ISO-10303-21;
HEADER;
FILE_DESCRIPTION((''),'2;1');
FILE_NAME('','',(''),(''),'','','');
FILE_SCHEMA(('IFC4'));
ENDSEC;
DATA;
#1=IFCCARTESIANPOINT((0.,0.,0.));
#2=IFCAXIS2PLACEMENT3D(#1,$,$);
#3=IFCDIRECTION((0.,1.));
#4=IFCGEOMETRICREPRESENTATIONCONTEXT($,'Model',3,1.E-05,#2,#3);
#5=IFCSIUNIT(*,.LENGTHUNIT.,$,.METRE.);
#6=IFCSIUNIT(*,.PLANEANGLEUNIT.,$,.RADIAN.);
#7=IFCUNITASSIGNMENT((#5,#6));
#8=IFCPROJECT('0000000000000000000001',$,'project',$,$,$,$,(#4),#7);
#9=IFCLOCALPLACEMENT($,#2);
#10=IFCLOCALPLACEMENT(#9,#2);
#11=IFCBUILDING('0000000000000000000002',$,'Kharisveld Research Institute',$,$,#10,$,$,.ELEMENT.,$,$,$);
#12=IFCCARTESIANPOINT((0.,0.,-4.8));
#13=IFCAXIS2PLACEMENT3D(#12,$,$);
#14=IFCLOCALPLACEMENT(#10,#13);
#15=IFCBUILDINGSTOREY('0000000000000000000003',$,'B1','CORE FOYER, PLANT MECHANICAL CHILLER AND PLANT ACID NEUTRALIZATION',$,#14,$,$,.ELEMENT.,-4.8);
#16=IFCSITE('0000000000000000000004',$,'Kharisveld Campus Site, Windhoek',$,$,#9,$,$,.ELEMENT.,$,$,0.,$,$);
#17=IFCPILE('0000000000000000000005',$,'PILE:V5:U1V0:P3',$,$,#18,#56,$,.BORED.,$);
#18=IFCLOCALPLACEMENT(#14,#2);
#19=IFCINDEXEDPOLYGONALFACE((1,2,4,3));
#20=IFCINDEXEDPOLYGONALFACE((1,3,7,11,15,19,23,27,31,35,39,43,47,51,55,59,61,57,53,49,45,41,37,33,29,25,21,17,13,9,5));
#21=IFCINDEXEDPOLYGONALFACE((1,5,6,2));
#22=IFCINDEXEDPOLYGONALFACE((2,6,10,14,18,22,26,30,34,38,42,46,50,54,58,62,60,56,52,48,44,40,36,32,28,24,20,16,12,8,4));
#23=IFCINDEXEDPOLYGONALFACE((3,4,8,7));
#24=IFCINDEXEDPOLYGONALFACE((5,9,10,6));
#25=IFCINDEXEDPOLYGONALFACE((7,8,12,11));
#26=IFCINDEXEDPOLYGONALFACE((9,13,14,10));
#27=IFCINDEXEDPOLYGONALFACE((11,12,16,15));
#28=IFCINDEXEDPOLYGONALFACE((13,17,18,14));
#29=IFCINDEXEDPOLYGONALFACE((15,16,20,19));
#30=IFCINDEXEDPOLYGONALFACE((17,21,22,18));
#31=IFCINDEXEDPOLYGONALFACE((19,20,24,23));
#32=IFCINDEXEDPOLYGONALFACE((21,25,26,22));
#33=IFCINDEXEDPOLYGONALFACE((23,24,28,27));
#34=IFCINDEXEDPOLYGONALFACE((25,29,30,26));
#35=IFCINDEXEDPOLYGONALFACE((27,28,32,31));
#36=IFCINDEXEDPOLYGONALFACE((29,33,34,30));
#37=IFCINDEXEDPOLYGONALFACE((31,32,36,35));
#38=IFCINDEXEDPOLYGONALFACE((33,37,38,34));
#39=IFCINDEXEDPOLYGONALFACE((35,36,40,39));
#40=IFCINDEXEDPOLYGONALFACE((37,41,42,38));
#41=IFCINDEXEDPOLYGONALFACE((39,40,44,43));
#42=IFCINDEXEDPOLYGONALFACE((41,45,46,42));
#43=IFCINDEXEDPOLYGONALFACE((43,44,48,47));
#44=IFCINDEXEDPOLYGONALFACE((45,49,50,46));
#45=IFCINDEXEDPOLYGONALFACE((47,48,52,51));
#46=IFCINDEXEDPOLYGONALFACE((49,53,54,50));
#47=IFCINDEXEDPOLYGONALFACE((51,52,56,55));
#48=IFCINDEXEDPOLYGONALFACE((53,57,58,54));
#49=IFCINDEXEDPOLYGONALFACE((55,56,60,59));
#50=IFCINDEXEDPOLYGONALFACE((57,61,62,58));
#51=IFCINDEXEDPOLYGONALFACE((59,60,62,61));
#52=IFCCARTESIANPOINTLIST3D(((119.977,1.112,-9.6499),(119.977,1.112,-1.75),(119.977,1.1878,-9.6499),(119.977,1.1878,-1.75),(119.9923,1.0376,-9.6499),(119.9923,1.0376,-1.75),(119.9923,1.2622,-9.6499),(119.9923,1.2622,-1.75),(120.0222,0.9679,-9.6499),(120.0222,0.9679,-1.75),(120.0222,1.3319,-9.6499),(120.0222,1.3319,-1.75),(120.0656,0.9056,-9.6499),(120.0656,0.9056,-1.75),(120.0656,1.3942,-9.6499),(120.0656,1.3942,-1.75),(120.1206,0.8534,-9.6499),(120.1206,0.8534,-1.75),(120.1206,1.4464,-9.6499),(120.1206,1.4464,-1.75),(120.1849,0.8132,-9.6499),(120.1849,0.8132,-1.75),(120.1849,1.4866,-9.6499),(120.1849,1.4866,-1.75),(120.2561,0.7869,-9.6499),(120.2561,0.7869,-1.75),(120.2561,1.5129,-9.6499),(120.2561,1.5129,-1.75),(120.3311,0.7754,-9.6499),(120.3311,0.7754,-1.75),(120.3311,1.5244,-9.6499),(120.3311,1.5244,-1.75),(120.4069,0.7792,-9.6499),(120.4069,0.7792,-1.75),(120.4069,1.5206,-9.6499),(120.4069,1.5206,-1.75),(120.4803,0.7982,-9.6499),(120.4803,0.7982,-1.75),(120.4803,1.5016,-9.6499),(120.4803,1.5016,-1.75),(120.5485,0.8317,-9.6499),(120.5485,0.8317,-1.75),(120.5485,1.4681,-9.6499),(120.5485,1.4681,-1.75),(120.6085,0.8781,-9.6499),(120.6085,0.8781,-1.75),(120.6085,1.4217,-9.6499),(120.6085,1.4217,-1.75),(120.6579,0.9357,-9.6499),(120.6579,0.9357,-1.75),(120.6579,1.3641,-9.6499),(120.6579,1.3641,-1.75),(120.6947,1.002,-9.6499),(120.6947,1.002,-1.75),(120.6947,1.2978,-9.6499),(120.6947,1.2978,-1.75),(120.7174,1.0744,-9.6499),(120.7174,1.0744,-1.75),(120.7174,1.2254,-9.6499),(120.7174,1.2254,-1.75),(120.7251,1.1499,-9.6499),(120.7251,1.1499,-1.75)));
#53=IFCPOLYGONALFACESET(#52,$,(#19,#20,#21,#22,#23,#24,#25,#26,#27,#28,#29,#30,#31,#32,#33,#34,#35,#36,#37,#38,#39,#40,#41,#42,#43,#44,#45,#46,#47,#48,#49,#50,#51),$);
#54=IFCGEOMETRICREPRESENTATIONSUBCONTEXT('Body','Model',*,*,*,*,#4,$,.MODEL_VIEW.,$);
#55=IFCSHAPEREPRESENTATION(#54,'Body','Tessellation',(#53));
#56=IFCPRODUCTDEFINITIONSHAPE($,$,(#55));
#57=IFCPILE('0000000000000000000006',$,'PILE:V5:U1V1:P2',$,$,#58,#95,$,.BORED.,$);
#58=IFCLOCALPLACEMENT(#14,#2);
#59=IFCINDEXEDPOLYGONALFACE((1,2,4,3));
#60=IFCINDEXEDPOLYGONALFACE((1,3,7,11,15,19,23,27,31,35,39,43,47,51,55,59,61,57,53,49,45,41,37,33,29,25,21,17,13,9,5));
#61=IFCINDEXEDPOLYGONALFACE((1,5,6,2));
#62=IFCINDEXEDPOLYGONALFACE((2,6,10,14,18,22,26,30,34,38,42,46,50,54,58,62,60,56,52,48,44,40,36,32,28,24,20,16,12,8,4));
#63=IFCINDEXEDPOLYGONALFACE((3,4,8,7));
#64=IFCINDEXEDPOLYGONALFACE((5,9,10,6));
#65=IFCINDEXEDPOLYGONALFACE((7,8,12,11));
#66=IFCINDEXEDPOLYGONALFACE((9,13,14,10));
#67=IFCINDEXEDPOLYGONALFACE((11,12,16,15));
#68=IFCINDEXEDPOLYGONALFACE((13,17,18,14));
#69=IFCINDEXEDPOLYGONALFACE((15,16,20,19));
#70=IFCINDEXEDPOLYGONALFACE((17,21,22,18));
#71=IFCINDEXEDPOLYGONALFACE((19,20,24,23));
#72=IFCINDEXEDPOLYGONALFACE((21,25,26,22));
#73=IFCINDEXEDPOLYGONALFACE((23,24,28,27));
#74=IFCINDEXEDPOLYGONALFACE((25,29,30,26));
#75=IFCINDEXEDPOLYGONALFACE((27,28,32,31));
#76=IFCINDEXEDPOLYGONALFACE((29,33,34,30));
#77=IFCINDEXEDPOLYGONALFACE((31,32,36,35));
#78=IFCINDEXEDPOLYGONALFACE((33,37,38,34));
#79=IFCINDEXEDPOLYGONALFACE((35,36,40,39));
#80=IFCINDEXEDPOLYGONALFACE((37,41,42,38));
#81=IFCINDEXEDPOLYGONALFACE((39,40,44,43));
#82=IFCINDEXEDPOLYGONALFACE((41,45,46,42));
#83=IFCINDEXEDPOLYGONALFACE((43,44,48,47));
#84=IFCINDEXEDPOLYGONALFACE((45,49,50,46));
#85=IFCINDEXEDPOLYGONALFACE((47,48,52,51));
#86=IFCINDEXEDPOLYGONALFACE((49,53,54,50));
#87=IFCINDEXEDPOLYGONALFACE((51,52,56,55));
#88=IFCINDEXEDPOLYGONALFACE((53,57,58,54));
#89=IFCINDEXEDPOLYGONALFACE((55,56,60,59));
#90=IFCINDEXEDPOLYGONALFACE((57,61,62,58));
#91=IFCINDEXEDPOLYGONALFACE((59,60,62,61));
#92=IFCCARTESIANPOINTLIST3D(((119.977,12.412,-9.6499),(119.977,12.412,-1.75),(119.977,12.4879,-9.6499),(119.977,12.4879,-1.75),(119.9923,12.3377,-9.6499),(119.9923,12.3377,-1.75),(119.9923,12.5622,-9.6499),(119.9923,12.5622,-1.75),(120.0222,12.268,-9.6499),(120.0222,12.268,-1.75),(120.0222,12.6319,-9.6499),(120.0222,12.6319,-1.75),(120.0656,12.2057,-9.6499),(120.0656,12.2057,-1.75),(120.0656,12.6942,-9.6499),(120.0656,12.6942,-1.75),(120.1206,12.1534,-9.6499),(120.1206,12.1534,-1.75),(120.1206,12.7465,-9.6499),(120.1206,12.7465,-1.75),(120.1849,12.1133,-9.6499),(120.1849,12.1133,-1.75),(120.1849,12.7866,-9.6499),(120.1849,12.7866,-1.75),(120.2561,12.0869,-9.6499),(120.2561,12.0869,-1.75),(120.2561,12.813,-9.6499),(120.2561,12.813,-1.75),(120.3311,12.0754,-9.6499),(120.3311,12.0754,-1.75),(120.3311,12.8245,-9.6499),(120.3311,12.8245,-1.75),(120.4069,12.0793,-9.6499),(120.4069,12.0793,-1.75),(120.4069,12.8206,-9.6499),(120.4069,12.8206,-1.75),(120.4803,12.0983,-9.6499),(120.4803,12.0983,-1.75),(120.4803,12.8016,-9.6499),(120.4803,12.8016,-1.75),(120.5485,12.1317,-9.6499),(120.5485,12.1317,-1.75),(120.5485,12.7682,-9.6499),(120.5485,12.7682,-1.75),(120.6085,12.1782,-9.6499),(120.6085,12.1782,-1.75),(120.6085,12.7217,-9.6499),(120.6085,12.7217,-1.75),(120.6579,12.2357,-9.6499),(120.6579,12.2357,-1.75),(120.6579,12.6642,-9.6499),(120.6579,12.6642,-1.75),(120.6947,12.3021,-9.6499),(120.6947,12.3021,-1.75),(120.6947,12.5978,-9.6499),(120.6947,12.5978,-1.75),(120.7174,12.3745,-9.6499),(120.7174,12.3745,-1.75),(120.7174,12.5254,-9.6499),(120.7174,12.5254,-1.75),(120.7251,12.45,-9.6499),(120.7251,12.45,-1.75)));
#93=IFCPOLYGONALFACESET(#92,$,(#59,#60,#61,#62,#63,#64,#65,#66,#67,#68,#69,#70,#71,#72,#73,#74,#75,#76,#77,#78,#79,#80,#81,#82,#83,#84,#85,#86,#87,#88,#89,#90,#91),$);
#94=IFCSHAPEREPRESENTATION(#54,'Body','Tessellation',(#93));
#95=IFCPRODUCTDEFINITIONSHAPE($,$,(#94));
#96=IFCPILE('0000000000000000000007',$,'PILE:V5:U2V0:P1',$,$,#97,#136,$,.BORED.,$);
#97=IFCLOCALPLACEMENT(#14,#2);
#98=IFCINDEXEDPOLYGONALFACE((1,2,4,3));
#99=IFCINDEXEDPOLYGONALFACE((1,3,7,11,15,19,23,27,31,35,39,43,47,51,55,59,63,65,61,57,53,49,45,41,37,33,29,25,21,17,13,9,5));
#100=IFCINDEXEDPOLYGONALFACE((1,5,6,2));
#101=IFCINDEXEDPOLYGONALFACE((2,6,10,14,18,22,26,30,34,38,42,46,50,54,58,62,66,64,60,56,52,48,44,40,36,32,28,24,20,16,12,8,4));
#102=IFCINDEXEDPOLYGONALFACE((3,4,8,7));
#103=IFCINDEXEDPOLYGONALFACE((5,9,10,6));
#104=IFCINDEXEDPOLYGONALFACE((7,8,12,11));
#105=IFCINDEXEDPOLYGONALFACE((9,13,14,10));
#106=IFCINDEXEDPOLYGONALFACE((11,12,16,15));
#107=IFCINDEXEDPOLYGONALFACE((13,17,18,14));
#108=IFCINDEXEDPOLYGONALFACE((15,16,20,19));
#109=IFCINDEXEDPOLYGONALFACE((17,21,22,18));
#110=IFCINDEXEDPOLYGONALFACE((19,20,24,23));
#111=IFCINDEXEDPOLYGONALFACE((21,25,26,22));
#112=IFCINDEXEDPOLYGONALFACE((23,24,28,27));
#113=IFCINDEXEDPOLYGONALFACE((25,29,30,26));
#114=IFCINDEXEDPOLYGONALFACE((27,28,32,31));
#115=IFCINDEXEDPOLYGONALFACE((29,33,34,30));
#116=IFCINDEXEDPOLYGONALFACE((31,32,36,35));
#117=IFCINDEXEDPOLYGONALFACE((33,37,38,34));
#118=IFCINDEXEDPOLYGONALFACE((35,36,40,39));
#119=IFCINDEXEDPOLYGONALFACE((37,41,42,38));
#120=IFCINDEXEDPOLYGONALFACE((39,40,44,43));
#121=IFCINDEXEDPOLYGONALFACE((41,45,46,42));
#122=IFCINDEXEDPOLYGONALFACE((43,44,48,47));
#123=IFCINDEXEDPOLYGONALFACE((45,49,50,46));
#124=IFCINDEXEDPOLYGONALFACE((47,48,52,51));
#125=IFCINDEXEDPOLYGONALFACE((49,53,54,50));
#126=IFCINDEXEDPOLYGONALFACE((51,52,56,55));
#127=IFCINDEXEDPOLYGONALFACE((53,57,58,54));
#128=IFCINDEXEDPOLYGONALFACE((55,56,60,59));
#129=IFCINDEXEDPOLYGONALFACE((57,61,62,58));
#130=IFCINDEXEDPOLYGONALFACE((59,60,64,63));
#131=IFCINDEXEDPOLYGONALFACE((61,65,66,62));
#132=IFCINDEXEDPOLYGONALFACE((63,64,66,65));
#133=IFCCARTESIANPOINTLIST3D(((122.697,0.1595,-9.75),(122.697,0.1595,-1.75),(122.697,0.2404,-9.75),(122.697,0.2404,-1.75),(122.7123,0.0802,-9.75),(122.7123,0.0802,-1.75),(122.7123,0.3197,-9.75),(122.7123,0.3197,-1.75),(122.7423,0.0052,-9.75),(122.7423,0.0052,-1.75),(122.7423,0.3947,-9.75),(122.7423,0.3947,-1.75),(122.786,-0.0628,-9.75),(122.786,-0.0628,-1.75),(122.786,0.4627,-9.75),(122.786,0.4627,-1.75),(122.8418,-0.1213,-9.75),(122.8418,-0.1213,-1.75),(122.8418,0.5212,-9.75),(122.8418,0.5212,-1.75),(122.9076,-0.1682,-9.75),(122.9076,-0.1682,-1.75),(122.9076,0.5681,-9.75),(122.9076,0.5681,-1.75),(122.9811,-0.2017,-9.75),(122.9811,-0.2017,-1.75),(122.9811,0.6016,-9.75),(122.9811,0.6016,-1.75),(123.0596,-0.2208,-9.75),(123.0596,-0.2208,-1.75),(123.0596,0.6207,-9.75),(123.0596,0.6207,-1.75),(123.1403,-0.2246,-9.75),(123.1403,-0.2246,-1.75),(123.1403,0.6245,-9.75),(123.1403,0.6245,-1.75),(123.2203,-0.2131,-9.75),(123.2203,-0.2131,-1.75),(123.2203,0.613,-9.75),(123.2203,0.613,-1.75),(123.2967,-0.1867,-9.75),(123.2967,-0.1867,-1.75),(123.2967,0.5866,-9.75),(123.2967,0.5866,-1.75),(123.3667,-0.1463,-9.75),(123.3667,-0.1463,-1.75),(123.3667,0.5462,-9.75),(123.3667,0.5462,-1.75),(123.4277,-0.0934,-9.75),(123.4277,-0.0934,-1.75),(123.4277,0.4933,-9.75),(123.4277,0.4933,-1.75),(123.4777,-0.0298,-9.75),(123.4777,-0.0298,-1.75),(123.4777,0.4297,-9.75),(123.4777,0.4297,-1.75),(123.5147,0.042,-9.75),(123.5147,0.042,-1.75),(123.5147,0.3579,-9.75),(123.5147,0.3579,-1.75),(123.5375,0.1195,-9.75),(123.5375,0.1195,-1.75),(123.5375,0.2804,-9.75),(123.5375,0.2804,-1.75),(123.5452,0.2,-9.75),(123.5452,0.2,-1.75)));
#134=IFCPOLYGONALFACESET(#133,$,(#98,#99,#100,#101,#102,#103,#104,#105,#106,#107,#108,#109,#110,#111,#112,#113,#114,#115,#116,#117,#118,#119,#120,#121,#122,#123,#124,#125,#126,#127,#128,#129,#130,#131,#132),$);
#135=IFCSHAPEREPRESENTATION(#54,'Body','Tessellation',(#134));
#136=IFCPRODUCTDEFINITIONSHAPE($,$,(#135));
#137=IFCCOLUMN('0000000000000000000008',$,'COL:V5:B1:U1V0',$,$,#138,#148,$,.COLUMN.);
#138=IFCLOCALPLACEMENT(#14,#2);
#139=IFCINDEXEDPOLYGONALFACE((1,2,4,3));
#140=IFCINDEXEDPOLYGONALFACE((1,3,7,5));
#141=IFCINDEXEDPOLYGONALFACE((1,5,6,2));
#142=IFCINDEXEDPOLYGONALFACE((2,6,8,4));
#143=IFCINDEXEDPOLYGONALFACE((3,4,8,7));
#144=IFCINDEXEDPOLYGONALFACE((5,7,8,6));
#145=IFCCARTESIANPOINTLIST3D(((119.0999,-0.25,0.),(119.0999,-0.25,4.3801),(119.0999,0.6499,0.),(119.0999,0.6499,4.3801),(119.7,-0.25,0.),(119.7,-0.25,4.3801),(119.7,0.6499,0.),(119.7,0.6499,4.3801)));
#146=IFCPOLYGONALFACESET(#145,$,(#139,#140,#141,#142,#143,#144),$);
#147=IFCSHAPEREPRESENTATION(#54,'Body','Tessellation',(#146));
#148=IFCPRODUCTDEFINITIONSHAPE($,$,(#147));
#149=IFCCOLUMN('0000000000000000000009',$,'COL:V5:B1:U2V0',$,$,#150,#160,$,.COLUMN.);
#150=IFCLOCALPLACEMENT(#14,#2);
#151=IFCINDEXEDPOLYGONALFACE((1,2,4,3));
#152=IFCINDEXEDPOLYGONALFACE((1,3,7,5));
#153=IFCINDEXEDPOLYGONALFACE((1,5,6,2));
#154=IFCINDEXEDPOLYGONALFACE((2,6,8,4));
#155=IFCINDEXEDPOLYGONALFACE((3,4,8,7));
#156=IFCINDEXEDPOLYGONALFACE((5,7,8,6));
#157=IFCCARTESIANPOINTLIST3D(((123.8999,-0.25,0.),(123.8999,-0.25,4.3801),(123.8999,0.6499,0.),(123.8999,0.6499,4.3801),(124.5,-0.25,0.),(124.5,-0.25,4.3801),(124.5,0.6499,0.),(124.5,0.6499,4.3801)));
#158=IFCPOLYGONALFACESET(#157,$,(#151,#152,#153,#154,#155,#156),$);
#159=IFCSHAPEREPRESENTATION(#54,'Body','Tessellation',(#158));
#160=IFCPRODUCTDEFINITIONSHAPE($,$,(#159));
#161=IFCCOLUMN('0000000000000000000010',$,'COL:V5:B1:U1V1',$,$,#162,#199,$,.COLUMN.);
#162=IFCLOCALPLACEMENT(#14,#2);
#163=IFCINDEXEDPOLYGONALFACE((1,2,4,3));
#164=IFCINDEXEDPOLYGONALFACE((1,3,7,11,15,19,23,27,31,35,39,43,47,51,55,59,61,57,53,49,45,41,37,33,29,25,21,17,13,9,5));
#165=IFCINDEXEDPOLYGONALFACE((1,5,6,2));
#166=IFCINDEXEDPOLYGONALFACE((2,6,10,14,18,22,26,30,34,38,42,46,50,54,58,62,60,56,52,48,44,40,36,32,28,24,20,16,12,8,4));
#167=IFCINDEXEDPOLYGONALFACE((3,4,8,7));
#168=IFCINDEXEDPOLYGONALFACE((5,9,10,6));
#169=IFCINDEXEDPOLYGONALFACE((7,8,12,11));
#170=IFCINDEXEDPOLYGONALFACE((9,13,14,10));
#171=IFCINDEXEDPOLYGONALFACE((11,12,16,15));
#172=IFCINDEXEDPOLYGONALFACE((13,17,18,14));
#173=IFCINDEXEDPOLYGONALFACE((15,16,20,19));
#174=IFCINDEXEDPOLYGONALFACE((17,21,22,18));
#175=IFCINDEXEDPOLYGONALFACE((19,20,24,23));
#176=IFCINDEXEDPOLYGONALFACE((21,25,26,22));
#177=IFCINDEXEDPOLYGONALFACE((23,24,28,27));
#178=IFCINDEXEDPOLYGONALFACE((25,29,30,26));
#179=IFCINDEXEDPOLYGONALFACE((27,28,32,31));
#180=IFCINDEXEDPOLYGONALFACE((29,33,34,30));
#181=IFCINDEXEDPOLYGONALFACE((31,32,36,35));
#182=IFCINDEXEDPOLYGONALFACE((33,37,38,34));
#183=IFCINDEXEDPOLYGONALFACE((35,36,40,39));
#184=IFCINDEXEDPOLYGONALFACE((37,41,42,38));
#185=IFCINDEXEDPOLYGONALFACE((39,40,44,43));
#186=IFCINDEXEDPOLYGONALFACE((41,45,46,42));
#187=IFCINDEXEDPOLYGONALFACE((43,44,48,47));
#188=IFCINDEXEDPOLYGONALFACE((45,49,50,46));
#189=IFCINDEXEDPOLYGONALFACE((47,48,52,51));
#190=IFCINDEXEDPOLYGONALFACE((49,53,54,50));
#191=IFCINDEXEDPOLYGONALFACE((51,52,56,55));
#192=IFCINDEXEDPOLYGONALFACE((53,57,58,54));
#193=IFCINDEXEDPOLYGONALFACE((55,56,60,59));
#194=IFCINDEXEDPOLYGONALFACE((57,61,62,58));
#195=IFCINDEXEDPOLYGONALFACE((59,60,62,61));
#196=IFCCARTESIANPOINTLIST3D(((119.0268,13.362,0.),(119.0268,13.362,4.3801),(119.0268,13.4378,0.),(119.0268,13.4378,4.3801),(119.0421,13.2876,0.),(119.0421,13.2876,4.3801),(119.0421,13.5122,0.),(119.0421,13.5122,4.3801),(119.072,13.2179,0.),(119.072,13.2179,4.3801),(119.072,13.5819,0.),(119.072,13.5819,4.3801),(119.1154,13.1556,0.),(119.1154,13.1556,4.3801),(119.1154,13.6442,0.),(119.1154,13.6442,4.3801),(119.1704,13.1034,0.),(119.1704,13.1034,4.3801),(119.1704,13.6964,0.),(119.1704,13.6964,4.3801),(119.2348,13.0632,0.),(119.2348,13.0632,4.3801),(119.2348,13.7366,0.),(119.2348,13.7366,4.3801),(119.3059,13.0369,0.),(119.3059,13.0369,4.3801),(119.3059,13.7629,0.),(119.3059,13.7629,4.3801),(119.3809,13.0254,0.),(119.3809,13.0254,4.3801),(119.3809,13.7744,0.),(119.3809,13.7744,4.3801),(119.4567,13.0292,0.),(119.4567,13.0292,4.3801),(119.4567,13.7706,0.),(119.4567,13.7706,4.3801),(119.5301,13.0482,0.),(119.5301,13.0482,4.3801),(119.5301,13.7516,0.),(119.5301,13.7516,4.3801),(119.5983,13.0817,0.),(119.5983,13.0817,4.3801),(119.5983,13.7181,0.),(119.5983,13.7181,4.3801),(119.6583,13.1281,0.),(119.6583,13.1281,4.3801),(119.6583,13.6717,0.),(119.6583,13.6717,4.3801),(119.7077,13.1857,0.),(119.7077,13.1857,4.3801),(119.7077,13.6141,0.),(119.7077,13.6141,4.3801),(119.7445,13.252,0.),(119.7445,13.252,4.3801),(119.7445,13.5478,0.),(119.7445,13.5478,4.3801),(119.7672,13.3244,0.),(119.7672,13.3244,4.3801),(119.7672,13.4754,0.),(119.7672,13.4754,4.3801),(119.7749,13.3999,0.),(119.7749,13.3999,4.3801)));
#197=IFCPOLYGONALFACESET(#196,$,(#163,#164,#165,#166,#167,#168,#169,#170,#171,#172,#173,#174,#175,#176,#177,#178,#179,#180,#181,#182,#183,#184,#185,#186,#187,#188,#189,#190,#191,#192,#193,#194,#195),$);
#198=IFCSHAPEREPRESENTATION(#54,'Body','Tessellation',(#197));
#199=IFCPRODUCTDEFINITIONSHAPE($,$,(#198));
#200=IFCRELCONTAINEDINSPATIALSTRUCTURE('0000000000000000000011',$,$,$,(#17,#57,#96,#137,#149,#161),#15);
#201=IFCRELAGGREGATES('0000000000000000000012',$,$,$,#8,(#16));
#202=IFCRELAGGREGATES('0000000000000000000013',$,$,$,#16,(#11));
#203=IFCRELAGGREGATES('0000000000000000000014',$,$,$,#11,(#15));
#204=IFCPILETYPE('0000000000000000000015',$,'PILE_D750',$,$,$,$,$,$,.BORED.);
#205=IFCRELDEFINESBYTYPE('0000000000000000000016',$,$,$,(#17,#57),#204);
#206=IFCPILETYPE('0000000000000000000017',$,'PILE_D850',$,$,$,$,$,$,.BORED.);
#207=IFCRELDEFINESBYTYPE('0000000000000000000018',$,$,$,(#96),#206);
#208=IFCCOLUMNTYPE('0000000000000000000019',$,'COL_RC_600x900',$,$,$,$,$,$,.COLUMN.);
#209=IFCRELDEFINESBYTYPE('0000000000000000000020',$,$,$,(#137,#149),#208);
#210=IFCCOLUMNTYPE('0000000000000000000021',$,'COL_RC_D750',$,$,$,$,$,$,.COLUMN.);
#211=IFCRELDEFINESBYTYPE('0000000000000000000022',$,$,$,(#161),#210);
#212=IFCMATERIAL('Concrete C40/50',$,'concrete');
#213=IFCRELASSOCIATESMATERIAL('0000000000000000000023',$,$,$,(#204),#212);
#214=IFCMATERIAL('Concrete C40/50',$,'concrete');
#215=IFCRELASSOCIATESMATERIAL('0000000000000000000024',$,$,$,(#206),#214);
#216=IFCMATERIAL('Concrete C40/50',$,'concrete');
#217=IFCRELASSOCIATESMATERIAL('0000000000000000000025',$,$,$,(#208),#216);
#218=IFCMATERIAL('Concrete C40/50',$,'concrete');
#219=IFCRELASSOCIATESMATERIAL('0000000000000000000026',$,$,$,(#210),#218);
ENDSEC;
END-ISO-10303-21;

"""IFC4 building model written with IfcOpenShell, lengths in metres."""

from ifc_helpers import new_model, si_unit, direction, frame, origin, origin_2d, place, context, subcontext, project, spatial, rectangle, circle, extrude, material, material_profile, profile_set, type_object, element, save


model = new_model("IFC4")

# Units and contexts
model_context = context("Model", 3, precision=1e-05, world=origin(), true_north=direction((0.0, 1.0)))
body_context = subcontext(model_context, "Body", "Model", "MODEL_VIEW")
ifc_project = project(units=[si_unit("LENGTHUNIT", "METRE"), si_unit("PLANEANGLEUNIT", "RADIAN")], contexts=[model_context])

# Site, building, storey
site_placement = place(None, origin())
site = spatial("IfcSite", under=ifc_project, at=site_placement, Name="Kharisveld Campus Site, Windhoek", CompositionType="ELEMENT", RefElevation=0.0)
building_placement = place(site_placement, origin())
building = spatial("IfcBuilding", under=site, at=building_placement, Name="Kharisveld Research Institute", CompositionType="ELEMENT")
storey_placement = place(building_placement, frame((0.0, 0.0, -4.8)))
storey = spatial("IfcBuildingStorey", under=building, at=storey_placement, Name="B1", Description="CORE FOYER, PLANT MECHANICAL CHILLER AND PLANT ACID NEUTRALIZATION", CompositionType="ELEMENT", Elevation=-4.8)

# Piles
ifc_material_1 = material(Name="Concrete C40/50", Category="concrete")
ifc_material_profile_1 = material_profile(ifc_material_1, circle(Radius=0.375, at=origin_2d()))
ifc_profile_set_1 = profile_set([ifc_material_profile_1], Name="Concrete C40/50")
pile_type_1 = type_object("IfcPileType", Name="PILE_D750", PredefinedType="BORED", material=ifc_profile_set_1)
for number, where, z_axis, x_axis, name in (
    (1, (120.3501, 1.1499, -1.75), (0.0, 0.0, -1.0), (1.0, 0.0, 0.0), "PILE:V5:U1V0:P3"),
    (2, (120.3501, 12.45, -1.75), (0.0, 0.0, -1.0), (1.0, 0.0, 0.0), "PILE:V5:U1V1:P2"),
):
    element("IfcPile", number, at=place(storey_placement, frame(where, z_axis=z_axis, x_axis=x_axis)), inside=storey, type_object=pile_type_1, Name=name, PredefinedType="BORED", context=body_context, shape_type="SweptSolid", body=[
        extrude(circle(Radius=0.375, at=origin_2d()), origin(), (0.0, 0.0, 1.0), 7.8999),
    ])
ifc_material_2 = material(Name="Concrete C40/50", Category="concrete")
ifc_material_profile_2 = material_profile(ifc_material_2, circle(Radius=0.425, at=origin_2d()))
ifc_profile_set_2 = profile_set([ifc_material_profile_2], Name="Concrete C40/50")
pile_type_2 = type_object("IfcPileType", Name="PILE_D850", PredefinedType="BORED", material=ifc_profile_set_2)
pile_1_placement = place(storey_placement, frame((123.1201, 0.2, -1.75), z_axis=(0.0, 0.0, -1.0), x_axis=(1.0, 0.0, 0.0)))
element("IfcPile", 3, at=pile_1_placement, inside=storey, type_object=pile_type_2, Name="PILE:V5:U2V0:P1", PredefinedType="BORED", context=body_context, shape_type="SweptSolid", body=[
    extrude(circle(Radius=0.425, at=origin_2d()), origin(), (0.0, 0.0, 1.0), 8.0),
])

# Columns
ifc_material_3 = material(Name="Concrete C40/50", Category="concrete")
ifc_material_profile_3 = material_profile(ifc_material_3, rectangle(XDim=0.6001, YDim=0.8999, at=origin_2d()))
ifc_profile_set_3 = profile_set([ifc_material_profile_3], Name="Concrete C40/50")
column_type_1 = type_object("IfcColumnType", Name="COL_RC_600x900", PredefinedType="COLUMN", material=ifc_profile_set_3)
for number, where, z_axis, x_axis, name in (
    (4, (119.3999, 0.2, 0.0), (0.0, 0.0, 1.0), (1.0, 0.0, 0.0), "COL:V5:B1:U1V0"),
    (5, (124.2, 0.2, 0.0), (0.0, 0.0, 1.0), (1.0, 0.0, 0.0), "COL:V5:B1:U2V0"),
):
    element("IfcColumn", number, at=place(storey_placement, frame(where, z_axis=z_axis, x_axis=x_axis)), inside=storey, type_object=column_type_1, Name=name, PredefinedType="COLUMN", context=body_context, shape_type="SweptSolid", body=[
        extrude(rectangle(XDim=0.6001, YDim=0.8999, at=origin_2d()), origin(), (0.0, 0.0, 1.0), 4.3801),
    ])
ifc_material_4 = material(Name="Concrete C40/50", Category="concrete")
ifc_material_profile_4 = material_profile(ifc_material_4, circle(Radius=0.375, at=origin_2d()))
ifc_profile_set_4 = profile_set([ifc_material_profile_4], Name="Concrete C40/50")
column_type_2 = type_object("IfcColumnType", Name="COL_RC_D750", PredefinedType="COLUMN", material=ifc_profile_set_4)
for number, where, z_axis, x_axis, name in (
    (6, (119.3999, 13.3999, 0.0), (0.0, 0.0, 1.0), (1.0, 0.0, 0.0), "COL:V5:B1:U1V1"),
):
    element("IfcColumn", number, at=place(storey_placement, frame(where, z_axis=z_axis, x_axis=x_axis)), inside=storey, type_object=column_type_2, Name=name, PredefinedType="COLUMN", context=body_context, shape_type="SweptSolid", body=[
        extrude(circle(Radius=0.375, at=origin_2d()), origin(), (0.0, 0.0, 1.0), 4.3801),
    ])

save(model, "model.ifc")
